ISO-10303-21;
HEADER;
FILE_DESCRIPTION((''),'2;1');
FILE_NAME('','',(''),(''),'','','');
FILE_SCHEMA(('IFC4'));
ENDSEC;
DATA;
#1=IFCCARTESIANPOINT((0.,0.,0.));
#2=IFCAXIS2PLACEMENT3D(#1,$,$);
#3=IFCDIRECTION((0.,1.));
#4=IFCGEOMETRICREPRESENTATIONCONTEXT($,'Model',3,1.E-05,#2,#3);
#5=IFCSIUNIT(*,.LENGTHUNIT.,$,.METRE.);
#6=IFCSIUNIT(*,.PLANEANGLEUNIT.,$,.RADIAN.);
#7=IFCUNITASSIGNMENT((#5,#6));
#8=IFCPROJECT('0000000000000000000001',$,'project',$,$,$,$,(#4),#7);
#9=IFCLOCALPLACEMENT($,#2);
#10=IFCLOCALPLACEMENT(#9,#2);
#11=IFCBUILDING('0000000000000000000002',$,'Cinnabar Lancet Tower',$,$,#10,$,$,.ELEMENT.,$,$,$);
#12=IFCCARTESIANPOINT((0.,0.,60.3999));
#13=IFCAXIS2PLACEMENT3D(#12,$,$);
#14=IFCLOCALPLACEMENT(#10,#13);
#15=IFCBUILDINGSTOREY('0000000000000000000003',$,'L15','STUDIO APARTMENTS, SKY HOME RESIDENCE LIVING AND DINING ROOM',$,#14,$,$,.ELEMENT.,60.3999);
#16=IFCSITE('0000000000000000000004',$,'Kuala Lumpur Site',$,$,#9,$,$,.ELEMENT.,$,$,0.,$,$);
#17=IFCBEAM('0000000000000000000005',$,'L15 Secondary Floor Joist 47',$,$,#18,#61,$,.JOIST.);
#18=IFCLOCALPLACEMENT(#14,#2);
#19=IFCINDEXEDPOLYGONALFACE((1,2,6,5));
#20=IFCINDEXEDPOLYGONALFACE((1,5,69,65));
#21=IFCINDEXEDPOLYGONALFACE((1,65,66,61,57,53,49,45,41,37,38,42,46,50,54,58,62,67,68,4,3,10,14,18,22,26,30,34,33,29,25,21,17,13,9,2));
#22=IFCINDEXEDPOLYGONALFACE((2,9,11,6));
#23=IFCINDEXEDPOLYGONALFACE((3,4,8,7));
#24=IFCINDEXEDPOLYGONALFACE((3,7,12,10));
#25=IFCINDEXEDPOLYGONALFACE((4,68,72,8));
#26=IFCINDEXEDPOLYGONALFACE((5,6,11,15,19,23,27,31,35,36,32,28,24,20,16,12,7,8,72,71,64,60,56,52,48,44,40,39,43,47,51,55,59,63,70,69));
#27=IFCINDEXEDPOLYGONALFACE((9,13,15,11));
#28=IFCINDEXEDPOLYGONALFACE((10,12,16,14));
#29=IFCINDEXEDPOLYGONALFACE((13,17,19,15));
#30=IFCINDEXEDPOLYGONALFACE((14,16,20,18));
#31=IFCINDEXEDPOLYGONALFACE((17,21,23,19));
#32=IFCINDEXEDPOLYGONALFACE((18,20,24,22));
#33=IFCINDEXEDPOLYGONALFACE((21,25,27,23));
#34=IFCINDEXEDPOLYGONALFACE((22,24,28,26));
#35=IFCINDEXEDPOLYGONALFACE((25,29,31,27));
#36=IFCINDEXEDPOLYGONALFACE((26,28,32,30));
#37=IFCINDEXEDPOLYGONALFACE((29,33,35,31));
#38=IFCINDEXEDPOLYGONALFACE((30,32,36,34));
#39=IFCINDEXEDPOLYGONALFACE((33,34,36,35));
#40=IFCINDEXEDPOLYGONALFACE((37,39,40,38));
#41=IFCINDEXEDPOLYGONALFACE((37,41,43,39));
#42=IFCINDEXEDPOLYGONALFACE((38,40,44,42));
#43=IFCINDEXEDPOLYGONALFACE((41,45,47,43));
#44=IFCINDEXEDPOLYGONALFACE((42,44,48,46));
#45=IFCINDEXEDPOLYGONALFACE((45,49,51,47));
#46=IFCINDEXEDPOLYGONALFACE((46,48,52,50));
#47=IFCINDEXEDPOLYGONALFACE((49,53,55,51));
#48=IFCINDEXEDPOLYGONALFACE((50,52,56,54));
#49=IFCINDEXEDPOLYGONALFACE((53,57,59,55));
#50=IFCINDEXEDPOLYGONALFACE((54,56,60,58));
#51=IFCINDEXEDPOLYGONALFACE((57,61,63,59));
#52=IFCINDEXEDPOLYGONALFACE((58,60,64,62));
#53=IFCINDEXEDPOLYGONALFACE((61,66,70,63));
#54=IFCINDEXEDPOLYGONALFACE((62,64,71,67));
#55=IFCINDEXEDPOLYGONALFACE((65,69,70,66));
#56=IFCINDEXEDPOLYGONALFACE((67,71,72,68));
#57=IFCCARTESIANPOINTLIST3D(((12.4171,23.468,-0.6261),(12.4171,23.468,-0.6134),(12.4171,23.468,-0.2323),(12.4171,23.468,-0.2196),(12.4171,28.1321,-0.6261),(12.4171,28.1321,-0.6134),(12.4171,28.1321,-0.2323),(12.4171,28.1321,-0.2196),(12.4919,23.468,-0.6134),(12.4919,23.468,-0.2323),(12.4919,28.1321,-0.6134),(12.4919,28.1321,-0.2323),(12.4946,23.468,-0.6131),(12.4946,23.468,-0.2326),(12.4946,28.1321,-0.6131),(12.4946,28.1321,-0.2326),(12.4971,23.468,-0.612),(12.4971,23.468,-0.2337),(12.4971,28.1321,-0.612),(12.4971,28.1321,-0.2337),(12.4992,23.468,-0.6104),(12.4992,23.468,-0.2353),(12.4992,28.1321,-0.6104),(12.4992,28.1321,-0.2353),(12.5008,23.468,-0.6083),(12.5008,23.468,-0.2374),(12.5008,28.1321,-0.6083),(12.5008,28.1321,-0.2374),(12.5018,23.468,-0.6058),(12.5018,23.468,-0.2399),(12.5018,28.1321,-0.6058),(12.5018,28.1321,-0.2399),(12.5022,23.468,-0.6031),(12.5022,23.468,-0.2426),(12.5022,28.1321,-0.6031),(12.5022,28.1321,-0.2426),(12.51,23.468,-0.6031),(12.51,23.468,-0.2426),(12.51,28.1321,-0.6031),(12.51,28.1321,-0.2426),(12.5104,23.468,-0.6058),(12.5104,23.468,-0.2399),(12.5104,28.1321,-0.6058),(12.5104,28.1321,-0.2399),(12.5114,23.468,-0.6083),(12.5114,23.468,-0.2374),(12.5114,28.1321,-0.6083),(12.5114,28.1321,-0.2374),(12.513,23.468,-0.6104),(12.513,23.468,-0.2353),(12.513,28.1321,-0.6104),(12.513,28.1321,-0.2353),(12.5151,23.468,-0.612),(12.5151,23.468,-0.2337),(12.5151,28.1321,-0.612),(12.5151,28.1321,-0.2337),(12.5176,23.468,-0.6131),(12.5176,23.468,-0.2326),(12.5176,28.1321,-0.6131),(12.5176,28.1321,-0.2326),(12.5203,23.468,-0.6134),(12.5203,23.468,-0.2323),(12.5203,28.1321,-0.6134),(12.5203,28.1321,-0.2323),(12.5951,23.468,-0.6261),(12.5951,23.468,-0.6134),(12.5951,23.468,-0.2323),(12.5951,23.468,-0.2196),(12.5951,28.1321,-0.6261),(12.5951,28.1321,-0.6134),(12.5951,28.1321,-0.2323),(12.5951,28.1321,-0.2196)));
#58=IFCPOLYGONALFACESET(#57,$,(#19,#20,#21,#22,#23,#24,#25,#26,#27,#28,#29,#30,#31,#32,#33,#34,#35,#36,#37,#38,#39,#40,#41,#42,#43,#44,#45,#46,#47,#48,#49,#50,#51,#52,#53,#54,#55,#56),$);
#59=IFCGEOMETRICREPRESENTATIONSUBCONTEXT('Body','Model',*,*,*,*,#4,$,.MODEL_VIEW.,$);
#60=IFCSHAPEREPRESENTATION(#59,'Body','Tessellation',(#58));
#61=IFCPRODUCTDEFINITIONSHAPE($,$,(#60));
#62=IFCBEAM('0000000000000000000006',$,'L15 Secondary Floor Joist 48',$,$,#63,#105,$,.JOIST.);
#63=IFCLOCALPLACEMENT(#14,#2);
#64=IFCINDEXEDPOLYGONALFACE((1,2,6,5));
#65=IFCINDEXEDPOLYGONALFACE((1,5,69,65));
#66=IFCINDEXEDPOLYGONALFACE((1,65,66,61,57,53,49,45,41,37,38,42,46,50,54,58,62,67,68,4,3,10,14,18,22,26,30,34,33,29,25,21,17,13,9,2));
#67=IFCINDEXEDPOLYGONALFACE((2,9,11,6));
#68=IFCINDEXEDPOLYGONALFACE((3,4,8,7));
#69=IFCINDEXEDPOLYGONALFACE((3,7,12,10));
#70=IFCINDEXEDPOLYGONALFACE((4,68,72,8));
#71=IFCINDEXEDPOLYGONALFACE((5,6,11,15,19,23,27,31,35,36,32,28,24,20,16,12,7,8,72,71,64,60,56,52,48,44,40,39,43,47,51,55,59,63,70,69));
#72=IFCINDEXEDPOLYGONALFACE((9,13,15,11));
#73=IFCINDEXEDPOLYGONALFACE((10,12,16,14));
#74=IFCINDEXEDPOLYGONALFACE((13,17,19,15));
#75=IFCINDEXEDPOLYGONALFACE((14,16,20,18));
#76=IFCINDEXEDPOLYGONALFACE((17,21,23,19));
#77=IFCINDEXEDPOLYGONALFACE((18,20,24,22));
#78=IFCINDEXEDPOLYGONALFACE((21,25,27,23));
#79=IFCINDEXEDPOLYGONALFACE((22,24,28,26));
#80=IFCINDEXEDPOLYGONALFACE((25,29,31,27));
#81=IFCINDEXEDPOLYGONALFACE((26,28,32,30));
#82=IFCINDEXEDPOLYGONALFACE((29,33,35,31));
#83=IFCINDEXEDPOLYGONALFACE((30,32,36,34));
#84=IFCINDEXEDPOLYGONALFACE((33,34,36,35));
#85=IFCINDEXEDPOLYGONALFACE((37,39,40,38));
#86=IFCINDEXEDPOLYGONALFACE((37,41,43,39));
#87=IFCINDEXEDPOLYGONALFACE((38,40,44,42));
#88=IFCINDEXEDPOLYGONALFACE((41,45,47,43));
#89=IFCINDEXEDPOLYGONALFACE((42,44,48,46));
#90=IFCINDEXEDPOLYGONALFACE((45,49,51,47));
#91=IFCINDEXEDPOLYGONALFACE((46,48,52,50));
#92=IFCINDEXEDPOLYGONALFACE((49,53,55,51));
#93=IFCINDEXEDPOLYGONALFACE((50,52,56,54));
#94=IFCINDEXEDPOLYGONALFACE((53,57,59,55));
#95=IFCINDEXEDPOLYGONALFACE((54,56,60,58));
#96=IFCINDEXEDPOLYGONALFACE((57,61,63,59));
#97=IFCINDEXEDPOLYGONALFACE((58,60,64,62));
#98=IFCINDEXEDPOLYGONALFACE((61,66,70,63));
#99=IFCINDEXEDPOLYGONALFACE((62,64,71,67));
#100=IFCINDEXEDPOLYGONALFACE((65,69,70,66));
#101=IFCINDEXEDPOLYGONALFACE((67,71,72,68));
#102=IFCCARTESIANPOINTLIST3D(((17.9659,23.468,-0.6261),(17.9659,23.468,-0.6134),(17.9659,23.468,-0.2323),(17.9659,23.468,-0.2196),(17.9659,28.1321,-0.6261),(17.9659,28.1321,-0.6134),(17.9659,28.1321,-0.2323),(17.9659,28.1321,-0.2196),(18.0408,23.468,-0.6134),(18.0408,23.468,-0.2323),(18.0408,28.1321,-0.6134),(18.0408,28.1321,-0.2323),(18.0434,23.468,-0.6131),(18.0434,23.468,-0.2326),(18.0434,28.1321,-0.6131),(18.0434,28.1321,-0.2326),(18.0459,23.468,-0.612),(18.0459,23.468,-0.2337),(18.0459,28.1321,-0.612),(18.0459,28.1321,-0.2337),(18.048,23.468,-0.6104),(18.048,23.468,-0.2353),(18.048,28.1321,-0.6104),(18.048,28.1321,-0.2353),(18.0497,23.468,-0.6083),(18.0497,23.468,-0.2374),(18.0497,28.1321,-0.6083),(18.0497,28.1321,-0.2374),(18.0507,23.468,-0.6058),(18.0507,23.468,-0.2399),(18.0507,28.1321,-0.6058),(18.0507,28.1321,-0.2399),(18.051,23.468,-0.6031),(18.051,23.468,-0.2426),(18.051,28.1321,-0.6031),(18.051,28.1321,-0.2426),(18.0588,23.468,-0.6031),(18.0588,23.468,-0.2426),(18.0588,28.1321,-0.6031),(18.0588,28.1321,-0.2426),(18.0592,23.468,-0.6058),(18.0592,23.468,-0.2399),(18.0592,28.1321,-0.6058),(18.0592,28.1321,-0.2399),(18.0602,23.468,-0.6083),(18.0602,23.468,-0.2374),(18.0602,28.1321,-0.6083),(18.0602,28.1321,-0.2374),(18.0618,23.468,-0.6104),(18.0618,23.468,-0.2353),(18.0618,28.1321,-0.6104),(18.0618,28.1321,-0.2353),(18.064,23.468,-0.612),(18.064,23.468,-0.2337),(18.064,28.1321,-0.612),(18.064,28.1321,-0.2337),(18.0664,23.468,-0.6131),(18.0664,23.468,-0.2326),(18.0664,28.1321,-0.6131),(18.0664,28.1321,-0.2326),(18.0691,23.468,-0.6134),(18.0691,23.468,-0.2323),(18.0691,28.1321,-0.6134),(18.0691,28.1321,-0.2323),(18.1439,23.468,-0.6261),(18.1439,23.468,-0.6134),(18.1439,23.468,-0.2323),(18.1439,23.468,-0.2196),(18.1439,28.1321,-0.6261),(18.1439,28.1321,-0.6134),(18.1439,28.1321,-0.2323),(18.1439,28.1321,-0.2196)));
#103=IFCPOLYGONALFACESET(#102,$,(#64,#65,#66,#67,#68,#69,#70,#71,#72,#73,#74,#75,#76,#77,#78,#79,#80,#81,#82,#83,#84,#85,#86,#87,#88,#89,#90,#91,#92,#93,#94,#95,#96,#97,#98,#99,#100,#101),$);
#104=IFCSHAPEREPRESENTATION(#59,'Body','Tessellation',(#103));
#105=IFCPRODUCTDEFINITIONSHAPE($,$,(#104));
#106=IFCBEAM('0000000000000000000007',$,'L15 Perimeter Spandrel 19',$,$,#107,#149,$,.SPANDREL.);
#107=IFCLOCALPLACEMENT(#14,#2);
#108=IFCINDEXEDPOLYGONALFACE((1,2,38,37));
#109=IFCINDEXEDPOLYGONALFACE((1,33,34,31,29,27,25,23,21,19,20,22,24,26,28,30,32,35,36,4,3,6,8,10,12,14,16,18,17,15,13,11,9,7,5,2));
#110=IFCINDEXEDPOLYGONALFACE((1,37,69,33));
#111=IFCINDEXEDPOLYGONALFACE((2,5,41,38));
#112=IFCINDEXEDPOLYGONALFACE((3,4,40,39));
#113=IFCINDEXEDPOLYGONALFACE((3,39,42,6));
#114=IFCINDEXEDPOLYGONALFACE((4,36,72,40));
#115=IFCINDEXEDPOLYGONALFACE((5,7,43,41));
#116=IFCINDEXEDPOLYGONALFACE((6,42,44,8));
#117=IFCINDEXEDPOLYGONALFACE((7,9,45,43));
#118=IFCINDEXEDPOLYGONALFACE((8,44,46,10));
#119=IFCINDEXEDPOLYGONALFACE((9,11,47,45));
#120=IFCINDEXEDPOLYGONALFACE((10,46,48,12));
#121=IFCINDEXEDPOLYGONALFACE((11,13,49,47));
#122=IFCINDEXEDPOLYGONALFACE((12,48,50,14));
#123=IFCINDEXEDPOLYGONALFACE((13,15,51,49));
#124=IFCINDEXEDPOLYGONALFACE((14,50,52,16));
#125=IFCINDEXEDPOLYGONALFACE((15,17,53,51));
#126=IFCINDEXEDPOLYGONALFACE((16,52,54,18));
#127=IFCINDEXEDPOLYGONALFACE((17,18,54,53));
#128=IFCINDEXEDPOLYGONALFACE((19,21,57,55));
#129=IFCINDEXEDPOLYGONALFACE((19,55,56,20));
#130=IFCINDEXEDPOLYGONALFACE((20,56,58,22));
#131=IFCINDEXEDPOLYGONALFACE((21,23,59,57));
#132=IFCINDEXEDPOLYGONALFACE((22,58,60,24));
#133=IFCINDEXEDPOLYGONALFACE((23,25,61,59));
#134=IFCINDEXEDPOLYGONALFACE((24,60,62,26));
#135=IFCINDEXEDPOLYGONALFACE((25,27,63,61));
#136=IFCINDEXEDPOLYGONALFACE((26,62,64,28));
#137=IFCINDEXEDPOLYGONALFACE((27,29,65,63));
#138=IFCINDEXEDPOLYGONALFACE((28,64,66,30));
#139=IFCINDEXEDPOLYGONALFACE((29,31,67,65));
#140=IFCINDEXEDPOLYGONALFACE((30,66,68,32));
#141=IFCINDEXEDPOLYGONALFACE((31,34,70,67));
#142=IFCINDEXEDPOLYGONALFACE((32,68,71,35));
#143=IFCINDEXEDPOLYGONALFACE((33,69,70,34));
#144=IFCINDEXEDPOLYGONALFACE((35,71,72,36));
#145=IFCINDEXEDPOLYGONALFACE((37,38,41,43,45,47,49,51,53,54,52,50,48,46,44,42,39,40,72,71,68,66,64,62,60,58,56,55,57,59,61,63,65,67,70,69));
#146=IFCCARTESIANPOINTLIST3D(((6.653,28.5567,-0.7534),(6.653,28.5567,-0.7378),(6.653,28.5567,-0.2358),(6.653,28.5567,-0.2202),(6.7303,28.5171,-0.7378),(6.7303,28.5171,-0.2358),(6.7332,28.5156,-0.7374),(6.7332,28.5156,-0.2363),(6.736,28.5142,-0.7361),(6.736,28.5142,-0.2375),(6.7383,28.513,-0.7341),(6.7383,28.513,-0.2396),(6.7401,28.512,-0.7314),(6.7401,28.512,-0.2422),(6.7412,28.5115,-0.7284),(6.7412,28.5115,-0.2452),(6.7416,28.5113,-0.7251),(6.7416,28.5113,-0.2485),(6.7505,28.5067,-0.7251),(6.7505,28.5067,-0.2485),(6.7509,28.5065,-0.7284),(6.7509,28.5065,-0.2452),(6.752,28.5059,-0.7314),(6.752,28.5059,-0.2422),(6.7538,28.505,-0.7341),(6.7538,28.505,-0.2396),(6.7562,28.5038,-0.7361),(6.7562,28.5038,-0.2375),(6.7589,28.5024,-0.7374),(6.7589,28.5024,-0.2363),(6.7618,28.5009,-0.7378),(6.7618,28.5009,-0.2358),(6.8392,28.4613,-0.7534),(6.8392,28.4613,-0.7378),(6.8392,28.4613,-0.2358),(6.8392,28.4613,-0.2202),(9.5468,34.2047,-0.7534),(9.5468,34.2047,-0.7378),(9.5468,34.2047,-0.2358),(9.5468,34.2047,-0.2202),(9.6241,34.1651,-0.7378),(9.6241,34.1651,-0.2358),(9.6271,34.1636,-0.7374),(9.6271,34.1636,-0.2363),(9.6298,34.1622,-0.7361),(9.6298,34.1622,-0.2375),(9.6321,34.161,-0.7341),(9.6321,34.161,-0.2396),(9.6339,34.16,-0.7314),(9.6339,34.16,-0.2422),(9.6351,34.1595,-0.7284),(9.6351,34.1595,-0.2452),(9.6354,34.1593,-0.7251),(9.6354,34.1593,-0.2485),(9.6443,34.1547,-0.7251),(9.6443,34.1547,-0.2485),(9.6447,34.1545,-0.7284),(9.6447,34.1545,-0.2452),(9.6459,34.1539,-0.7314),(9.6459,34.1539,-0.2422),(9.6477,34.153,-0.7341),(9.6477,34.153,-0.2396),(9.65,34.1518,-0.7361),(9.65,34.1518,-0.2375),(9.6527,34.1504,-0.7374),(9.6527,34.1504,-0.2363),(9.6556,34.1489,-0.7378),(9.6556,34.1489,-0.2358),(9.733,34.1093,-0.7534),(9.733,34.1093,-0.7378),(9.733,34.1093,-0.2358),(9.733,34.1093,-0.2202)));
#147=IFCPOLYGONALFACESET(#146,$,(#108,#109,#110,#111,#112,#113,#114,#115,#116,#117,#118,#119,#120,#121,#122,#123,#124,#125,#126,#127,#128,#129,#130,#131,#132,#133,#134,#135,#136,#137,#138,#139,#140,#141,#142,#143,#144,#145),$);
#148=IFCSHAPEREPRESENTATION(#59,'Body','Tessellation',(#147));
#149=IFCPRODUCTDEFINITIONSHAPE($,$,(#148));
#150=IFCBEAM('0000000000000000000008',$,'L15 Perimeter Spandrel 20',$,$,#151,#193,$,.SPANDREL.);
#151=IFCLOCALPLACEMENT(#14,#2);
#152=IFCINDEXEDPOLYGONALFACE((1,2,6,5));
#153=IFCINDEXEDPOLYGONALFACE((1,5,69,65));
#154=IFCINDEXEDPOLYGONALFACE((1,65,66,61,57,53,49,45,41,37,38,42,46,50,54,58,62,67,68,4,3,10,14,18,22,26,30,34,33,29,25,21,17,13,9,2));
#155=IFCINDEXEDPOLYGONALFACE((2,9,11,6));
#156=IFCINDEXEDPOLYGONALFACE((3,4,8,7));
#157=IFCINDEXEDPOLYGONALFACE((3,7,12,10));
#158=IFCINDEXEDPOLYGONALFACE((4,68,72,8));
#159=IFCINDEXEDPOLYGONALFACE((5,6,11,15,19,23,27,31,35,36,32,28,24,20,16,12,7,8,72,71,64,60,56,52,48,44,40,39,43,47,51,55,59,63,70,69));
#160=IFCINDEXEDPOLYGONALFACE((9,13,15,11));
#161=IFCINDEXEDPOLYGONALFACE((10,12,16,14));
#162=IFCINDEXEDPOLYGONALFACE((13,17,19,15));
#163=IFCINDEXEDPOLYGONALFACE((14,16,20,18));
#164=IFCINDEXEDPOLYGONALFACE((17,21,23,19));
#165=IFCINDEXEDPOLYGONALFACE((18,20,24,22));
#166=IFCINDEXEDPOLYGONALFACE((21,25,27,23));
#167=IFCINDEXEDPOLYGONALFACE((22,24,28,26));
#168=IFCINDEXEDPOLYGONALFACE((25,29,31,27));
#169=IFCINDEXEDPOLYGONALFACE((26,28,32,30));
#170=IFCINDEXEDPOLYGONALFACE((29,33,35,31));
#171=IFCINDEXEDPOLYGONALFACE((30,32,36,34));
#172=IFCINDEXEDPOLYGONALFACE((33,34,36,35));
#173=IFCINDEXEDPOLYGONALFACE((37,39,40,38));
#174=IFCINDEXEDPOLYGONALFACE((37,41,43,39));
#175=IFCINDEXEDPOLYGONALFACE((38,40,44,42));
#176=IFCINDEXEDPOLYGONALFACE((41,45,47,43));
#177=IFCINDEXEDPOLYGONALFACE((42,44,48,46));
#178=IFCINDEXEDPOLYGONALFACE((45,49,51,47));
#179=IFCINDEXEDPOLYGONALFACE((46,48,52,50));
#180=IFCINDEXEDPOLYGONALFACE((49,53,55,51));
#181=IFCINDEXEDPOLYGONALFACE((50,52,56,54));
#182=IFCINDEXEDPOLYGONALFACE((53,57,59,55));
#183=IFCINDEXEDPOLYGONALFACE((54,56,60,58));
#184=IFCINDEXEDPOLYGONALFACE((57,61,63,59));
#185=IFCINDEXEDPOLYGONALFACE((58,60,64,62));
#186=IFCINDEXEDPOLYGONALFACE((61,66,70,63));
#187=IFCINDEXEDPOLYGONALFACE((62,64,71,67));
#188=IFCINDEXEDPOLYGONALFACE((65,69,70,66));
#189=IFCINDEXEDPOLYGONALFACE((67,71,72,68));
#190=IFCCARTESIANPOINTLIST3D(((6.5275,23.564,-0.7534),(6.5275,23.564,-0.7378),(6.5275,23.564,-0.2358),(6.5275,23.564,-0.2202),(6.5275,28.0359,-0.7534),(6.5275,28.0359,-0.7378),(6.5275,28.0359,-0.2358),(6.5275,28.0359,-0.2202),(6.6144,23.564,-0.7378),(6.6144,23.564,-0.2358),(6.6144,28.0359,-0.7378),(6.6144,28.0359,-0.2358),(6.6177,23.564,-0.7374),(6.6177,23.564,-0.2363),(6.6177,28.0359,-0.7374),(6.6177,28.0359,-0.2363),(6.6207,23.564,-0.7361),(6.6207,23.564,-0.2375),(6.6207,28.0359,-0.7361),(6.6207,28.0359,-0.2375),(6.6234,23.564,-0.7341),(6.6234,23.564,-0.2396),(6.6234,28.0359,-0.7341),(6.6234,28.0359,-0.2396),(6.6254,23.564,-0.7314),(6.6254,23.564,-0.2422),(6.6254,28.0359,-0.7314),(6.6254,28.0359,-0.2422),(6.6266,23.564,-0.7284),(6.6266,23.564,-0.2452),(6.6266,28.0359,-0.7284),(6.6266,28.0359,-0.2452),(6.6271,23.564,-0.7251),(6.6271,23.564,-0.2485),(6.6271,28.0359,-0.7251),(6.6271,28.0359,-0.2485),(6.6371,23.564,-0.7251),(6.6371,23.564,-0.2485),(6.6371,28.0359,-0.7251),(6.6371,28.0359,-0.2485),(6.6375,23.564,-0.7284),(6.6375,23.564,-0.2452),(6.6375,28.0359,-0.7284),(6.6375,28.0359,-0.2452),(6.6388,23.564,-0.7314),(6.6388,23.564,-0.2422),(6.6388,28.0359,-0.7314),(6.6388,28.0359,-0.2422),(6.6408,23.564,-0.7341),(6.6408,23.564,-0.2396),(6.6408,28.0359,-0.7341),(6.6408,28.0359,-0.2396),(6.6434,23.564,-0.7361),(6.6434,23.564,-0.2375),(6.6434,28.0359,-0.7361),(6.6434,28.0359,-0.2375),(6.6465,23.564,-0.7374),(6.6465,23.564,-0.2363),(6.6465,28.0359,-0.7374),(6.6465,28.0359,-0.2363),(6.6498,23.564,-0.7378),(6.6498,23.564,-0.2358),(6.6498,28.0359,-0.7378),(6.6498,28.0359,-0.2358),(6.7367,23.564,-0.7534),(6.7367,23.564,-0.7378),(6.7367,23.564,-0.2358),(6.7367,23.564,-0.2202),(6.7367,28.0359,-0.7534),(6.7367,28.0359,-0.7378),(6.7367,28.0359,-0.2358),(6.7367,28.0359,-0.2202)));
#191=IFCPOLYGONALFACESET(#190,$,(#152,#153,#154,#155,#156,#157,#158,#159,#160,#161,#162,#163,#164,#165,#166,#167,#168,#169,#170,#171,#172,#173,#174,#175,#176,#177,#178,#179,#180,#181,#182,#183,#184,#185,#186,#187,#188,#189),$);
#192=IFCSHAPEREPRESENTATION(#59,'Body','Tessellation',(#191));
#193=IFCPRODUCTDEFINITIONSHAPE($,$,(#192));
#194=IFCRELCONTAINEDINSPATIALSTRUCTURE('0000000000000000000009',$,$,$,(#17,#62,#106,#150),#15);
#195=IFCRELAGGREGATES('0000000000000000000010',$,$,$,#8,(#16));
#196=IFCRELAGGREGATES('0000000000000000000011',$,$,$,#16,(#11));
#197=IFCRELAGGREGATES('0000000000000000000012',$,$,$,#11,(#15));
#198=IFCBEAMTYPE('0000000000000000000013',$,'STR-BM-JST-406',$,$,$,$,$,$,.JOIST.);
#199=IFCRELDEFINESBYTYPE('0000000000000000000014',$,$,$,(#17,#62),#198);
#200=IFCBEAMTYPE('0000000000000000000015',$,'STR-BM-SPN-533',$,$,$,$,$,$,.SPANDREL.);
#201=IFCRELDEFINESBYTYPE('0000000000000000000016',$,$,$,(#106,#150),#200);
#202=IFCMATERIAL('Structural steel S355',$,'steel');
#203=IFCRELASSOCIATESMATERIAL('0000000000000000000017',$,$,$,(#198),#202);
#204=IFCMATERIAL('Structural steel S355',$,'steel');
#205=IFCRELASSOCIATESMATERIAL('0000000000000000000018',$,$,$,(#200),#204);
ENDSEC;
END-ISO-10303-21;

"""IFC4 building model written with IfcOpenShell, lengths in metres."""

from ifc_helpers import new_model, si_unit, direction, frame, origin, origin_2d, place, context, subcontext, project, spatial, i_section, extrude, material, material_profile, profile_set, type_object, element, save


model = new_model("IFC4")

# Units and contexts
model_context = context("Model", 3, precision=1e-05, world=origin(), true_north=direction((0.0, 1.0)))
body_context = subcontext(model_context, "Body", "Model", "MODEL_VIEW")
ifc_project = project(units=[si_unit("LENGTHUNIT", "METRE"), si_unit("PLANEANGLEUNIT", "RADIAN")], contexts=[model_context])

# Site, building, storey
site_placement = place(None, origin())
site = spatial("IfcSite", under=ifc_project, at=site_placement, Name="Kuala Lumpur Site", CompositionType="ELEMENT", RefElevation=0.0)
building_placement = place(site_placement, origin())
building = spatial("IfcBuilding", under=site, at=building_placement, Name="Cinnabar Lancet Tower", CompositionType="ELEMENT")
storey_placement = place(building_placement, frame((0.0, 0.0, 60.3999)))
storey = spatial("IfcBuildingStorey", under=building, at=storey_placement, Name="L15", Description="STUDIO APARTMENTS, SKY HOME RESIDENCE LIVING AND DINING ROOM", CompositionType="ELEMENT", Elevation=60.3999)

# Beams
ifc_material_1 = material(Name="Structural steel S355", Category="steel")
ifc_material_profile_1 = material_profile(ifc_material_1, i_section(OverallWidth=0.178, OverallDepth=0.4065, WebThickness=0.0078, FlangeThickness=0.0127, FilletRadius=0.0103, at=origin_2d()), Name="UKB 406x178x60")
ifc_profile_set_1 = profile_set([ifc_material_profile_1], Name="Structural steel S355")
beam_type_1 = type_object("IfcBeamType", Name="STR-BM-JST-406", PredefinedType="JOIST", material=ifc_profile_set_1)
for number, where, z_axis, x_axis, name in (
    (1, (12.5061, 28.1321, -0.4229), (0.0, -1.0, 0.0), (1.0, 0.0, 0.0), "L15 Secondary Floor Joist 47"),
    (2, (18.0549, 28.1321, -0.4229), (0.0, -1.0, 0.0), (1.0, 0.0, 0.0), "L15 Secondary Floor Joist 48"),
):
    element("IfcBeam", number, at=place(storey_placement, frame(where, z_axis=z_axis, x_axis=x_axis)), inside=storey, type_object=beam_type_1, Name=name, PredefinedType="JOIST", context=body_context, shape_type="SweptSolid", body=[
        extrude(i_section(OverallWidth=0.178, OverallDepth=0.4065, WebThickness=0.0078, FlangeThickness=0.0127, FilletRadius=0.0103, at=origin_2d()), origin(), (0.0, 0.0, 1.0), 4.6641),
    ])
ifc_material_2 = material(Name="Structural steel S355", Category="steel")
ifc_material_profile_2 = material_profile(ifc_material_2, i_section(OverallWidth=0.2092, OverallDepth=0.5332, WebThickness=0.01, FlangeThickness=0.0156, FilletRadius=0.0127, at=origin_2d()), Name="UKB 533x210x92")
ifc_profile_set_2 = profile_set([ifc_material_profile_2], Name="Structural steel S355")
beam_type_2 = type_object("IfcBeamType", Name="STR-BM-SPN-533", PredefinedType="SPANDREL", material=ifc_profile_set_2)
beam_1_placement = place(storey_placement, frame((9.6399, 34.157, -0.4868), z_axis=(-0.455994, -0.889983, 0.0), x_axis=(0.889983, -0.455994, 0.0)))
element("IfcBeam", 3, at=beam_1_placement, inside=storey, type_object=beam_type_2, Name="L15 Perimeter Spandrel 19", PredefinedType="SPANDREL", context=body_context, shape_type="SweptSolid", body=[
    extrude(i_section(OverallWidth=0.2092, OverallDepth=0.5332, WebThickness=0.01, FlangeThickness=0.0156, FilletRadius=0.0127, at=origin_2d()), origin(), (0.0, 0.0, 1.0), 6.3462),
])
beam_2_placement = place(storey_placement, frame((6.6321, 28.0359, -0.4868), z_axis=(0.0, -1.0, 0.0), x_axis=(1.0, 0.0, 0.0)))
element("IfcBeam", 4, at=beam_2_placement, inside=storey, type_object=beam_type_2, Name="L15 Perimeter Spandrel 20", PredefinedType="SPANDREL", context=body_context, shape_type="SweptSolid", body=[
    extrude(i_section(OverallWidth=0.2092, OverallDepth=0.5332, WebThickness=0.01, FlangeThickness=0.0156, FilletRadius=0.0127, at=origin_2d()), origin(), (0.0, 0.0, 1.0), 4.4719),
])

save(model, "model.ifc")
